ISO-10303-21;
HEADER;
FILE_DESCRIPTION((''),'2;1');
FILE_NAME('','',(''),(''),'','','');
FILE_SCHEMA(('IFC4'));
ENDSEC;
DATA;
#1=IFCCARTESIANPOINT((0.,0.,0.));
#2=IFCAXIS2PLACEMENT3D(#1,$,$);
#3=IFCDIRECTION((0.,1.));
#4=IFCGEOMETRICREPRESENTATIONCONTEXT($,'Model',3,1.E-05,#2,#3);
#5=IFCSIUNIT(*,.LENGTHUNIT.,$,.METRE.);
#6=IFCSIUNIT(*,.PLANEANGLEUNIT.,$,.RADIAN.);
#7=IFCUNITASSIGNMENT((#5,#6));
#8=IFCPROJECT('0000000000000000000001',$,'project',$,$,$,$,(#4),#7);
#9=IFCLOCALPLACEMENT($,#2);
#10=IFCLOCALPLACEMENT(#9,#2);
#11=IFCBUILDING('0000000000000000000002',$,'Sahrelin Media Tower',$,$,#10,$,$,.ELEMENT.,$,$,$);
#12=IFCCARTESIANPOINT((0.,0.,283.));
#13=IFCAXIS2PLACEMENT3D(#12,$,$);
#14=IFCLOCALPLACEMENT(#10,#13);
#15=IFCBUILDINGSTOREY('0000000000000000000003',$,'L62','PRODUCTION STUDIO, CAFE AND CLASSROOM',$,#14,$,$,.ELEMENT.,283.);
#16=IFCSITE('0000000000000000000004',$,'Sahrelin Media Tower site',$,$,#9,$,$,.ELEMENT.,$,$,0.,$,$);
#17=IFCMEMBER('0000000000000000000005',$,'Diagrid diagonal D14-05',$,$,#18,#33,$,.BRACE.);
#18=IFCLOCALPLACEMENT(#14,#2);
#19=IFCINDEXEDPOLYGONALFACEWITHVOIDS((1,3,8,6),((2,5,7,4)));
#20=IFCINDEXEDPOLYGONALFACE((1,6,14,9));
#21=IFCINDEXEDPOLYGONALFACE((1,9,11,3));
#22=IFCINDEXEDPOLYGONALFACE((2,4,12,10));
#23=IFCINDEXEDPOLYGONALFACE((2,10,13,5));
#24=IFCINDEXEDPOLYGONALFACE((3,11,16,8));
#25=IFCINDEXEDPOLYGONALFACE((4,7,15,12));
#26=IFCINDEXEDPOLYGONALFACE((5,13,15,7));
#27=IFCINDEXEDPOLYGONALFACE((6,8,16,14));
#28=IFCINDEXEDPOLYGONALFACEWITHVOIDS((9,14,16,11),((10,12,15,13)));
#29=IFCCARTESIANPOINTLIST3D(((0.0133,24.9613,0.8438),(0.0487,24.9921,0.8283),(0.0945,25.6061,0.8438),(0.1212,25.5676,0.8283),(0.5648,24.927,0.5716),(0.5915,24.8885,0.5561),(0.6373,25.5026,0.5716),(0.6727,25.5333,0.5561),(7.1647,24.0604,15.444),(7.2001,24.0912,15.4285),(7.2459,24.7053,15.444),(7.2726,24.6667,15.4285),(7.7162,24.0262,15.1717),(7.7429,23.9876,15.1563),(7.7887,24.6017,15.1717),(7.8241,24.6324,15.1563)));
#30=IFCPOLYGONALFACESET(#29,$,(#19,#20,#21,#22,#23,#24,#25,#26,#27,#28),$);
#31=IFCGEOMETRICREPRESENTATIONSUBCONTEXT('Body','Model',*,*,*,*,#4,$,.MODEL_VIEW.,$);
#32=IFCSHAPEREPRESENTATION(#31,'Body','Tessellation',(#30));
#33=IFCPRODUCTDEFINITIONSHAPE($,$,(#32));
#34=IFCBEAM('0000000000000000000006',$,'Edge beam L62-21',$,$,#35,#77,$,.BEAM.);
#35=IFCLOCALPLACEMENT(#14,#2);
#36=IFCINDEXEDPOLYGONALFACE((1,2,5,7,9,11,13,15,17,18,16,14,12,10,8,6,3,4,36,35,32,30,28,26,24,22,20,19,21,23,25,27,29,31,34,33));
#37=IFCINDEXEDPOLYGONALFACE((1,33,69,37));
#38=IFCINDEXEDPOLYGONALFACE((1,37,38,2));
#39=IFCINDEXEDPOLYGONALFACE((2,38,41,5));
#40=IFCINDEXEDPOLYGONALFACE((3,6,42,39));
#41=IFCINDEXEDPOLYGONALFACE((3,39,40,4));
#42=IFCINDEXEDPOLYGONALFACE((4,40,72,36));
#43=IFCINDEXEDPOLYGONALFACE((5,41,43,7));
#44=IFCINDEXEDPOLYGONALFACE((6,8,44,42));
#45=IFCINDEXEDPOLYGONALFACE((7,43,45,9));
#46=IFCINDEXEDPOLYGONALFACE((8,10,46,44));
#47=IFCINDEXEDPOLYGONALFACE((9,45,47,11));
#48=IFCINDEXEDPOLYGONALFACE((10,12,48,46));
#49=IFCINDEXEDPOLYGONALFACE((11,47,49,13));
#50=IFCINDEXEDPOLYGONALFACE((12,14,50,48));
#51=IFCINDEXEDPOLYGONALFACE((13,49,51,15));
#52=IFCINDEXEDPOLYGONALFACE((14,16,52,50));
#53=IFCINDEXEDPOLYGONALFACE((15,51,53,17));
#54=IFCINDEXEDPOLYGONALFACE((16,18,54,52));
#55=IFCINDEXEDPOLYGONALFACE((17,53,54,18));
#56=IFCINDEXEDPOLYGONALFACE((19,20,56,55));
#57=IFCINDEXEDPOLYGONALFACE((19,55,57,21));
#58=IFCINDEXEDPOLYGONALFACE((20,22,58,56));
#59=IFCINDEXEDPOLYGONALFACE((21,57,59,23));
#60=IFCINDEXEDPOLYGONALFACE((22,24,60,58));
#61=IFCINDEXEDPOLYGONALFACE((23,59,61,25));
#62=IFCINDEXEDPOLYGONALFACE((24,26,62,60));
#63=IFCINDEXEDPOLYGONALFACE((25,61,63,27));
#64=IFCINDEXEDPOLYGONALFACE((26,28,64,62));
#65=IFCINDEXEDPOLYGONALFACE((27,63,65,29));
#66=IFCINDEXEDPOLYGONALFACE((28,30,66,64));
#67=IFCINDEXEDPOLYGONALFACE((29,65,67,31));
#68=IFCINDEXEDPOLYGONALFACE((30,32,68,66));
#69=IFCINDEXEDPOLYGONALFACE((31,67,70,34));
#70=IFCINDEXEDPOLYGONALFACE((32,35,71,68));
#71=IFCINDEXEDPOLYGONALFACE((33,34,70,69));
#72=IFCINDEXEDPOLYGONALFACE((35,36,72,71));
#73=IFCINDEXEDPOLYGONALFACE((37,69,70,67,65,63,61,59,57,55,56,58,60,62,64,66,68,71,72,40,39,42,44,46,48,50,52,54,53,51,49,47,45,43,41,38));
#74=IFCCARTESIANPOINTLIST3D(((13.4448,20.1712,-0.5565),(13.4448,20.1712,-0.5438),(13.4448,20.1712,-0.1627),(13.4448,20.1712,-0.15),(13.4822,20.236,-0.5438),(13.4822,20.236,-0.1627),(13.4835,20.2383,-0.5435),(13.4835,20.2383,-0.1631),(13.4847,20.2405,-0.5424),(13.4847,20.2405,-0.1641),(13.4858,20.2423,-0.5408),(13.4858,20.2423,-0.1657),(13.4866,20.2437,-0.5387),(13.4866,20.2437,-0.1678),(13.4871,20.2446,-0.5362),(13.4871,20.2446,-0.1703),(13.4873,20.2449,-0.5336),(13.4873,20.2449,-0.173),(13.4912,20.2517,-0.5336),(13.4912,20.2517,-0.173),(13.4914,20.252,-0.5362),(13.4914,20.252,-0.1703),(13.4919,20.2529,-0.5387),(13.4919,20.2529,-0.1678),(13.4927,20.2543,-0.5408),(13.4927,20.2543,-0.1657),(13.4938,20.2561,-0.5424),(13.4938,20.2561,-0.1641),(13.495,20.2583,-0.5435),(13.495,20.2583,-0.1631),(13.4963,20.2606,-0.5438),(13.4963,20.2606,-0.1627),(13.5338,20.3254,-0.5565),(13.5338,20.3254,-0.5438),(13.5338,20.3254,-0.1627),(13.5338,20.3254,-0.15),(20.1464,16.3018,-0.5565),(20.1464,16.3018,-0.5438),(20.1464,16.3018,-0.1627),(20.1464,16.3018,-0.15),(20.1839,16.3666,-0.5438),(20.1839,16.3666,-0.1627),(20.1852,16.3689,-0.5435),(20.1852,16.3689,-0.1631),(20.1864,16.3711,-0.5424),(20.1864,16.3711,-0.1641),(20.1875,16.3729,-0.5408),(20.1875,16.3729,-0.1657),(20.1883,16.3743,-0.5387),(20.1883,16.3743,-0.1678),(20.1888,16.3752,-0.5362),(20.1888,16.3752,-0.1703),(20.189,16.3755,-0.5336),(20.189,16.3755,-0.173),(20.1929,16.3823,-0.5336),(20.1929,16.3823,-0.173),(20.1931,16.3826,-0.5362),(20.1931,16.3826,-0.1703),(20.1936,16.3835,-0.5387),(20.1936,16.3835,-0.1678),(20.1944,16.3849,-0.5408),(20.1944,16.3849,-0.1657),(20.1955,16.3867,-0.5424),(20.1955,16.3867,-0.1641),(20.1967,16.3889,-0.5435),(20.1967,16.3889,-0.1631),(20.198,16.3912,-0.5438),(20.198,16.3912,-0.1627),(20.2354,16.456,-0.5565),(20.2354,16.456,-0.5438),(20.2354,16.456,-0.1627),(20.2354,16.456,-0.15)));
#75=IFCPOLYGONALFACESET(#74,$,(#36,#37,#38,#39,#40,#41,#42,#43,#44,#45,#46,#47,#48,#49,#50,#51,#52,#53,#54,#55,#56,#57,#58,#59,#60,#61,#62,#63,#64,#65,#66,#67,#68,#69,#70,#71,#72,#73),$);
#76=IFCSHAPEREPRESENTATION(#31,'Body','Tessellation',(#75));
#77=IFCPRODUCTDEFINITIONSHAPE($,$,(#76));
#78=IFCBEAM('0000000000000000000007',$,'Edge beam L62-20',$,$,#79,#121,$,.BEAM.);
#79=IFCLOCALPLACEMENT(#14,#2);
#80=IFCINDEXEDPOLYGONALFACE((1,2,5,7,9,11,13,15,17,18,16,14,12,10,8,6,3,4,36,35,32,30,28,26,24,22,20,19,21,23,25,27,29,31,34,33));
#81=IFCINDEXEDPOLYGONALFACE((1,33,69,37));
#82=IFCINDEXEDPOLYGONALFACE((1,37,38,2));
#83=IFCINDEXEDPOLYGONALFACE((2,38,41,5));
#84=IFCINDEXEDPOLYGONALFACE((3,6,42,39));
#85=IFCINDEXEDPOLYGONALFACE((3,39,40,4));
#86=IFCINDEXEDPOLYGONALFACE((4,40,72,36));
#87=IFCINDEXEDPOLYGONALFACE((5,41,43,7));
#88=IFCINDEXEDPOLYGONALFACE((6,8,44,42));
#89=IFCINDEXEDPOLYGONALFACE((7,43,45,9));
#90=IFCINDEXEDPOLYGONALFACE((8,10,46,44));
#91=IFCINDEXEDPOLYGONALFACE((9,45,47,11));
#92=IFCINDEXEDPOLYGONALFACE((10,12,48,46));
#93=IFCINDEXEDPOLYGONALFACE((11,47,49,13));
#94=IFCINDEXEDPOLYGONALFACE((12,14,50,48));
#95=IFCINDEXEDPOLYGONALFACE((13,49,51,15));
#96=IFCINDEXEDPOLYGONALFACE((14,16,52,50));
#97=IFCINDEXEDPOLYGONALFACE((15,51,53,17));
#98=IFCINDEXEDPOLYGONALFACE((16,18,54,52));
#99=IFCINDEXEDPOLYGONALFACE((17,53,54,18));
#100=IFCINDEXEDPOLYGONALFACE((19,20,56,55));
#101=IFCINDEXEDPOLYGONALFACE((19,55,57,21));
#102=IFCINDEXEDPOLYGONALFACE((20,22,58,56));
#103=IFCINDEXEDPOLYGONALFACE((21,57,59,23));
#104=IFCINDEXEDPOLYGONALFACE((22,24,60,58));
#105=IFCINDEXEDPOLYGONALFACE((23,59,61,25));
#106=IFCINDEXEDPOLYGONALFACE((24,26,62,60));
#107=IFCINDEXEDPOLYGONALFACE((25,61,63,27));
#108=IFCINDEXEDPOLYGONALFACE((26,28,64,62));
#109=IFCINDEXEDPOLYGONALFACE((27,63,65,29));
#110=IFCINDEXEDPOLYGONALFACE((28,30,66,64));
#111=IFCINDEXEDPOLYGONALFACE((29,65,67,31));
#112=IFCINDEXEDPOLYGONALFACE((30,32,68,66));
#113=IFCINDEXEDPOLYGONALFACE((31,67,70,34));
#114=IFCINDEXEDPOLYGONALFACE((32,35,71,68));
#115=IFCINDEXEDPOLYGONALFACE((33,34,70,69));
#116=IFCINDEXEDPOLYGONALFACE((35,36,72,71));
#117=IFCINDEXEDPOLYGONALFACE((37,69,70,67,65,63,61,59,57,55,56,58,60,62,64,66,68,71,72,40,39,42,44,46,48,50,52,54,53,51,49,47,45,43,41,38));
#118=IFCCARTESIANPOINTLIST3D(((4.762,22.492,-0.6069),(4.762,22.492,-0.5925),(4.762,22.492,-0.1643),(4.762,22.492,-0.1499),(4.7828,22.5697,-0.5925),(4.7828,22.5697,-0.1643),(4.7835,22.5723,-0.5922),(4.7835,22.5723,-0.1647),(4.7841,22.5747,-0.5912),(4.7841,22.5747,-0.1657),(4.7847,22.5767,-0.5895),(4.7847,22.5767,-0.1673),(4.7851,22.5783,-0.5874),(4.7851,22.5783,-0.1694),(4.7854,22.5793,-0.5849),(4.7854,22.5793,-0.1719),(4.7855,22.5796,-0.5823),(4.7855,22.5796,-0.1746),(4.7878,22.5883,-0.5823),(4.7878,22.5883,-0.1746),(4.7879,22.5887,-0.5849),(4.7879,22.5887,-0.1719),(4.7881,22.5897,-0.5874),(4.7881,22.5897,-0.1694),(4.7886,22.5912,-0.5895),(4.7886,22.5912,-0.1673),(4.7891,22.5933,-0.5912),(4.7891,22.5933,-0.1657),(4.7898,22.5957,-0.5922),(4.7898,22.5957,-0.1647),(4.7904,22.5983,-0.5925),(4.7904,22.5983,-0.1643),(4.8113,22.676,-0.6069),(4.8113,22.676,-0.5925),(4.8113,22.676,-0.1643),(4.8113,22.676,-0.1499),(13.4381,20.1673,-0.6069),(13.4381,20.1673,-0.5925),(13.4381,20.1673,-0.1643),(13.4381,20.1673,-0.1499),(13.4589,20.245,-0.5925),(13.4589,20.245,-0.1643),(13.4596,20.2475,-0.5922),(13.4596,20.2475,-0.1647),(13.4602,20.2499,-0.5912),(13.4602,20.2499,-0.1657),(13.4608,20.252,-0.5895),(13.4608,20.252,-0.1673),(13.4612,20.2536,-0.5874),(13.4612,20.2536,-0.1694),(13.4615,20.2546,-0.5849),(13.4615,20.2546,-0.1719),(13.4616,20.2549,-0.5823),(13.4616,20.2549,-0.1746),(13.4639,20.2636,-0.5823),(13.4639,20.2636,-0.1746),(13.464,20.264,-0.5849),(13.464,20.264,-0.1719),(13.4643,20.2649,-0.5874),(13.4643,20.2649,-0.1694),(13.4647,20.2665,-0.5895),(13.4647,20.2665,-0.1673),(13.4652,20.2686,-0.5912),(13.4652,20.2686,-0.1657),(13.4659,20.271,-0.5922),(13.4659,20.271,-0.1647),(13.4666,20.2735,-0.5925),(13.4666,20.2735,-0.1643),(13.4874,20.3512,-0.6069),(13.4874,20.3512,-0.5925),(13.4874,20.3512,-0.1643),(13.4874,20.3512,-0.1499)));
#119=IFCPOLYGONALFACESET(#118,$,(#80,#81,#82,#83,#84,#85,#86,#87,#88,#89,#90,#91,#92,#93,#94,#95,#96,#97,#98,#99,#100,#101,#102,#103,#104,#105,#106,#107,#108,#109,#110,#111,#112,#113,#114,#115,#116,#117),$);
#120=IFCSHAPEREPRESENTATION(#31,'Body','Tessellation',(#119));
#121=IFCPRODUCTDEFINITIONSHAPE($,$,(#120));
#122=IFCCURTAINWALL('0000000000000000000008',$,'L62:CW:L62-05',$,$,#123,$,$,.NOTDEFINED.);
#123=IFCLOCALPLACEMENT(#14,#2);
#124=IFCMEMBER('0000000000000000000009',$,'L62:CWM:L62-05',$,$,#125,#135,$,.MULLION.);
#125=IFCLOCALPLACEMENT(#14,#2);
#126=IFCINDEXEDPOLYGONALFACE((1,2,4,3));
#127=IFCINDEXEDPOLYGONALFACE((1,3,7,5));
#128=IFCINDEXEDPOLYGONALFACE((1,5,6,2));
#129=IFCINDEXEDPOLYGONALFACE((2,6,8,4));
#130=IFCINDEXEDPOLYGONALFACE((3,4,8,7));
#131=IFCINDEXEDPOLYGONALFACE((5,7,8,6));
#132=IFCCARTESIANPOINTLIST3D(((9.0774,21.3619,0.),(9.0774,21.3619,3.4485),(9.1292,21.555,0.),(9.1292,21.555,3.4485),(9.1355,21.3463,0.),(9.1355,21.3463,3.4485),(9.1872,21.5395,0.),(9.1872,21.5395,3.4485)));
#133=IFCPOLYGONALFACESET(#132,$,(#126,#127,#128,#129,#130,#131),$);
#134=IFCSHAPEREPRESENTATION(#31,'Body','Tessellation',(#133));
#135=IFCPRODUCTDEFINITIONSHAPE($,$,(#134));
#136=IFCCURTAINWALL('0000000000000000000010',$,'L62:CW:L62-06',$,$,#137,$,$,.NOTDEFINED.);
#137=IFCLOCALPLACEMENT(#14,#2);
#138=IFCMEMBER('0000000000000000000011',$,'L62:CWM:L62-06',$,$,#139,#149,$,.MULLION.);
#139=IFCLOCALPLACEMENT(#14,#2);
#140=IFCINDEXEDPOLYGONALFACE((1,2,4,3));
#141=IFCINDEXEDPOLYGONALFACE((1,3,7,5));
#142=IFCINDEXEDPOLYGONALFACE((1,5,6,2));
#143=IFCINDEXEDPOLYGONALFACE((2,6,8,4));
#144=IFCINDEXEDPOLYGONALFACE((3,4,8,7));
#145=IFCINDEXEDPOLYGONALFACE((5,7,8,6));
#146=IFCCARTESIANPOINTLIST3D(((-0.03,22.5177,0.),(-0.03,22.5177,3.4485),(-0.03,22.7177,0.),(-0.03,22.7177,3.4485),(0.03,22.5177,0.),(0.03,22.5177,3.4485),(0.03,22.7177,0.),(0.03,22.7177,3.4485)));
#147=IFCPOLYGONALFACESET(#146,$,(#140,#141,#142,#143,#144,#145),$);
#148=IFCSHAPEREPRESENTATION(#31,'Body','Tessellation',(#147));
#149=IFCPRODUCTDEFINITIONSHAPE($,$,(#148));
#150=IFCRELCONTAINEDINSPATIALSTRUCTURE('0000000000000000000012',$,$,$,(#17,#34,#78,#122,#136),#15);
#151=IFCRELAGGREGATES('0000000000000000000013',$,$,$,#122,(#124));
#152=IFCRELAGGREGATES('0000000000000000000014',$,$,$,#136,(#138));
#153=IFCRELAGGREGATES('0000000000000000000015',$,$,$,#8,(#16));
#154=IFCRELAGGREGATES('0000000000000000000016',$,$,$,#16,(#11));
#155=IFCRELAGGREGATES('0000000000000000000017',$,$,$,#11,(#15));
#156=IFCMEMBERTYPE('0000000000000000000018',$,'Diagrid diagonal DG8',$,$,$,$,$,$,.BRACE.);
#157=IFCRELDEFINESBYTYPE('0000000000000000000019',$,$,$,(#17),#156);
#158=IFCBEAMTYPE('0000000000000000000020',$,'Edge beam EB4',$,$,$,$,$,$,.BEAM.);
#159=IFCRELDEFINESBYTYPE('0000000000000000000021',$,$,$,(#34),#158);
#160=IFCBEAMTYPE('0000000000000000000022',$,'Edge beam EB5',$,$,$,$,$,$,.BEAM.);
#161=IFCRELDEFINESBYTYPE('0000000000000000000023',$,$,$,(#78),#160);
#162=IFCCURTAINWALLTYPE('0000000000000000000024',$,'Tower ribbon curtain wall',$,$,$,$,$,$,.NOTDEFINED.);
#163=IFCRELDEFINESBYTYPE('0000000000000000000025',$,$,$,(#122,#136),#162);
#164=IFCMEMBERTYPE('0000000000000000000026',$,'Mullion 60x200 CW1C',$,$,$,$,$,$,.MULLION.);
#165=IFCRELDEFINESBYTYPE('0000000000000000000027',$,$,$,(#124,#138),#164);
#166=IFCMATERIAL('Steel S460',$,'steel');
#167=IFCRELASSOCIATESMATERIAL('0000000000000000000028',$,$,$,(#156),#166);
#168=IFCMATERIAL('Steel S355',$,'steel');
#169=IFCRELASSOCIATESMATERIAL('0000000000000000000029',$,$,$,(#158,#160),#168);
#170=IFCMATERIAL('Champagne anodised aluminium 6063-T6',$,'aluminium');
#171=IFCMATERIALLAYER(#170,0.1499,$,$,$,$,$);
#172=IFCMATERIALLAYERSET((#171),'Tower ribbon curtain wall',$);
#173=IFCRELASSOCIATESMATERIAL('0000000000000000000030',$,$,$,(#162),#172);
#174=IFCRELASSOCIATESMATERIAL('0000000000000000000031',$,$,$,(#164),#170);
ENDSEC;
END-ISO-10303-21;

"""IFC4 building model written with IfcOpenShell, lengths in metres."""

from ifc_helpers import new_model, si_unit, direction, frame, origin, origin_2d, place, context, subcontext, project, spatial, rectangle, hollow_rectangle, i_section, extrude, material, layer, layer_set, material_profile, profile_set, type_object, element, aggregate, save


model = new_model("IFC4")

# Units and contexts
model_context = context("Model", 3, precision=1e-05, world=origin(), true_north=direction((0.0, 1.0)))
body_context = subcontext(model_context, "Body", "Model", "MODEL_VIEW")
ifc_project = project(units=[si_unit("LENGTHUNIT", "METRE"), si_unit("PLANEANGLEUNIT", "RADIAN")], contexts=[model_context])

# Site, building, storey
site_placement = place(None, origin())
site = spatial("IfcSite", under=ifc_project, at=site_placement, Name="Sahrelin Media Tower site", CompositionType="ELEMENT", RefElevation=0.0)
building_placement = place(site_placement, origin())
building = spatial("IfcBuilding", under=site, at=building_placement, Name="Sahrelin Media Tower", CompositionType="ELEMENT")
storey_placement = place(building_placement, frame((0.0, 0.0, 283.0)))
storey = spatial("IfcBuildingStorey", under=building, at=storey_placement, Name="L62", Description="PRODUCTION STUDIO, CAFE AND CLASSROOM", CompositionType="ELEMENT", Elevation=283.0)

# Member
ifc_material_1 = material(Name="Steel S460", Category="steel")
ifc_material_profile_1 = material_profile(ifc_material_1, hollow_rectangle(XDim=0.6499, YDim=0.6499, WallThickness=0.0349, at=origin_2d()), Name="Diagrid diagonal DG8")
ifc_profile_set_1 = profile_set([ifc_material_profile_1], Name="Steel S460")
member_type_1 = type_object("IfcMemberType", Name="Diagrid diagonal DG8", PredefinedType="BRACE", material=ifc_profile_set_1)
member_1_placement = place(storey_placement, frame((0.343, 25.2473, 0.7), z_axis=(0.439208, -0.055328, 0.89668), x_axis=(0.124985, 0.992159, 0.0)))
element("IfcMember", 1, at=member_1_placement, inside=storey, type_object=member_type_1, Name="Diagrid diagonal D14-05", PredefinedType="BRACE", context=body_context, shape_type="SweptSolid", body=[
    extrude(hollow_rectangle(XDim=0.6499, YDim=0.6499, WallThickness=0.0349, at=origin_2d()), origin(), (0.0, 0.0, 1.0), 16.2825),
])

# Beams
ifc_material_2 = material(Name="Steel S355", Category="steel")
ifc_material_profile_2 = material_profile(ifc_material_2, i_section(OverallWidth=0.178, OverallDepth=0.4065, WebThickness=0.0078, FlangeThickness=0.0127, FilletRadius=0.0103, at=origin_2d()), Name="UB 406x178x60")
ifc_profile_set_2 = profile_set([ifc_material_profile_2], Name="Steel S355")
beam_type_1 = type_object("IfcBeamType", Name="Edge beam EB4", PredefinedType="BEAM", material=ifc_profile_set_2)
beam_1_placement = place(storey_placement, frame((13.4893, 20.2483, -0.3533), z_axis=(0.866015, -0.500017, 0.0), x_axis=(0.500017, 0.866015, 0.0)))
element("IfcBeam", 2, at=beam_1_placement, inside=storey, type_object=beam_type_1, Name="Edge beam L62-21", PredefinedType="BEAM", context=body_context, shape_type="SweptSolid", body=[
    extrude(i_section(OverallWidth=0.178, OverallDepth=0.4065, WebThickness=0.0078, FlangeThickness=0.0127, FilletRadius=0.0103, at=origin_2d()), origin(), (0.0, 0.0, 1.0), 7.7385),
])
ifc_material_profile_3 = material_profile(ifc_material_2, i_section(OverallWidth=0.1904, OverallDepth=0.457, WebThickness=0.009, FlangeThickness=0.0144, FilletRadius=0.0103, at=origin_2d()), Name="UB 457x191x74")
ifc_profile_set_3 = profile_set([ifc_material_profile_3], Name="Steel S355")
beam_type_2 = type_object("IfcBeamType", Name="Edge beam EB5", PredefinedType="BEAM", material=ifc_profile_set_3)
beam_2_placement = place(storey_placement, frame((4.7866, 22.584, -0.3784), z_axis=(0.965927, -0.258816, 0.0), x_axis=(0.258816, 0.965927, 0.0)))
element("IfcBeam", 3, at=beam_2_placement, inside=storey, type_object=beam_type_2, Name="Edge beam L62-20", PredefinedType="BEAM", context=body_context, shape_type="SweptSolid", body=[
    extrude(i_section(OverallWidth=0.1904, OverallDepth=0.457, WebThickness=0.009, FlangeThickness=0.0144, FilletRadius=0.0103, at=origin_2d()), origin(), (0.0, 0.0, 1.0), 8.9822),
])

# Curtain walls, members
ifc_material_3 = material(Name="Champagne anodised aluminium 6063-T6", Category="aluminium")
ifc_layer_1 = layer(ifc_material_3, 0.1499)
ifc_layer_set_1 = layer_set([ifc_layer_1], Name="Tower ribbon curtain wall")
curtain_wall_type = type_object("IfcCurtainWallType", Name="Tower ribbon curtain wall", PredefinedType="NOTDEFINED", material=ifc_layer_set_1)
curtain_wall_1_placement = place(storey_placement, frame((9.1633, 21.5664, 0.0), z_axis=(0.0, 0.0, 1.0), x_axis=(1.0, 0.0, 0.0)))
curtain_wall_1 = element("IfcCurtainWall", 4, at=curtain_wall_1_placement, inside=storey, type_object=curtain_wall_type, Name="L62:CW:L62-05", PredefinedType="NOTDEFINED")
ifc_material_profile_4 = material_profile(ifc_material_3, rectangle(XDim=0.0601, YDim=0.2, at=origin_2d()), Name="Mullion 60x200")
ifc_profile_set_4 = profile_set([ifc_material_profile_4], Name="Champagne anodised aluminium 6063-T6")
member_type_2 = type_object("IfcMemberType", Name="Mullion 60x200 CW1C", PredefinedType="MULLION", material=ifc_profile_set_4)
member_2_placement = place(storey_placement, frame((9.1323, 21.4507, 0.0), z_axis=(0.0, 0.0, 1.0), x_axis=(-0.965928, 0.258812, 0.0)))
member_2 = element("IfcMember", 5, at=member_2_placement, type_object=member_type_2, Name="L62:CWM:L62-05", PredefinedType="MULLION", context=body_context, shape_type="SweptSolid", body=[
    extrude(rectangle(XDim=0.0601, YDim=0.2, at=origin_2d()), origin(), (0.0, 0.0, 1.0), 3.4485),
])
placement_1 = place(storey_placement, frame((0.0, 22.7378, 0.0), z_axis=(0.0, 0.0, 1.0), x_axis=(1.0, 0.0, 0.0)))
curtain_wall_2 = element("IfcCurtainWall", 6, at=placement_1, inside=storey, type_object=curtain_wall_type, Name="L62:CW:L62-06", PredefinedType="NOTDEFINED")
member_3_placement = place(storey_placement, frame((0.0, 22.6177, 0.0), z_axis=(0.0, 0.0, 1.0), x_axis=(-1.0, 0.0, 0.0)))
member_3 = element("IfcMember", 7, at=member_3_placement, type_object=member_type_2, Name="L62:CWM:L62-06", PredefinedType="MULLION", context=body_context, shape_type="SweptSolid", body=[
    extrude(rectangle(XDim=0.0601, YDim=0.2, at=origin_2d()), origin(), (0.0, 0.0, 1.0), 3.4485),
])

aggregate(curtain_wall_1, [member_2])

aggregate(curtain_wall_2, [member_3])

save(model, "model.ifc")
